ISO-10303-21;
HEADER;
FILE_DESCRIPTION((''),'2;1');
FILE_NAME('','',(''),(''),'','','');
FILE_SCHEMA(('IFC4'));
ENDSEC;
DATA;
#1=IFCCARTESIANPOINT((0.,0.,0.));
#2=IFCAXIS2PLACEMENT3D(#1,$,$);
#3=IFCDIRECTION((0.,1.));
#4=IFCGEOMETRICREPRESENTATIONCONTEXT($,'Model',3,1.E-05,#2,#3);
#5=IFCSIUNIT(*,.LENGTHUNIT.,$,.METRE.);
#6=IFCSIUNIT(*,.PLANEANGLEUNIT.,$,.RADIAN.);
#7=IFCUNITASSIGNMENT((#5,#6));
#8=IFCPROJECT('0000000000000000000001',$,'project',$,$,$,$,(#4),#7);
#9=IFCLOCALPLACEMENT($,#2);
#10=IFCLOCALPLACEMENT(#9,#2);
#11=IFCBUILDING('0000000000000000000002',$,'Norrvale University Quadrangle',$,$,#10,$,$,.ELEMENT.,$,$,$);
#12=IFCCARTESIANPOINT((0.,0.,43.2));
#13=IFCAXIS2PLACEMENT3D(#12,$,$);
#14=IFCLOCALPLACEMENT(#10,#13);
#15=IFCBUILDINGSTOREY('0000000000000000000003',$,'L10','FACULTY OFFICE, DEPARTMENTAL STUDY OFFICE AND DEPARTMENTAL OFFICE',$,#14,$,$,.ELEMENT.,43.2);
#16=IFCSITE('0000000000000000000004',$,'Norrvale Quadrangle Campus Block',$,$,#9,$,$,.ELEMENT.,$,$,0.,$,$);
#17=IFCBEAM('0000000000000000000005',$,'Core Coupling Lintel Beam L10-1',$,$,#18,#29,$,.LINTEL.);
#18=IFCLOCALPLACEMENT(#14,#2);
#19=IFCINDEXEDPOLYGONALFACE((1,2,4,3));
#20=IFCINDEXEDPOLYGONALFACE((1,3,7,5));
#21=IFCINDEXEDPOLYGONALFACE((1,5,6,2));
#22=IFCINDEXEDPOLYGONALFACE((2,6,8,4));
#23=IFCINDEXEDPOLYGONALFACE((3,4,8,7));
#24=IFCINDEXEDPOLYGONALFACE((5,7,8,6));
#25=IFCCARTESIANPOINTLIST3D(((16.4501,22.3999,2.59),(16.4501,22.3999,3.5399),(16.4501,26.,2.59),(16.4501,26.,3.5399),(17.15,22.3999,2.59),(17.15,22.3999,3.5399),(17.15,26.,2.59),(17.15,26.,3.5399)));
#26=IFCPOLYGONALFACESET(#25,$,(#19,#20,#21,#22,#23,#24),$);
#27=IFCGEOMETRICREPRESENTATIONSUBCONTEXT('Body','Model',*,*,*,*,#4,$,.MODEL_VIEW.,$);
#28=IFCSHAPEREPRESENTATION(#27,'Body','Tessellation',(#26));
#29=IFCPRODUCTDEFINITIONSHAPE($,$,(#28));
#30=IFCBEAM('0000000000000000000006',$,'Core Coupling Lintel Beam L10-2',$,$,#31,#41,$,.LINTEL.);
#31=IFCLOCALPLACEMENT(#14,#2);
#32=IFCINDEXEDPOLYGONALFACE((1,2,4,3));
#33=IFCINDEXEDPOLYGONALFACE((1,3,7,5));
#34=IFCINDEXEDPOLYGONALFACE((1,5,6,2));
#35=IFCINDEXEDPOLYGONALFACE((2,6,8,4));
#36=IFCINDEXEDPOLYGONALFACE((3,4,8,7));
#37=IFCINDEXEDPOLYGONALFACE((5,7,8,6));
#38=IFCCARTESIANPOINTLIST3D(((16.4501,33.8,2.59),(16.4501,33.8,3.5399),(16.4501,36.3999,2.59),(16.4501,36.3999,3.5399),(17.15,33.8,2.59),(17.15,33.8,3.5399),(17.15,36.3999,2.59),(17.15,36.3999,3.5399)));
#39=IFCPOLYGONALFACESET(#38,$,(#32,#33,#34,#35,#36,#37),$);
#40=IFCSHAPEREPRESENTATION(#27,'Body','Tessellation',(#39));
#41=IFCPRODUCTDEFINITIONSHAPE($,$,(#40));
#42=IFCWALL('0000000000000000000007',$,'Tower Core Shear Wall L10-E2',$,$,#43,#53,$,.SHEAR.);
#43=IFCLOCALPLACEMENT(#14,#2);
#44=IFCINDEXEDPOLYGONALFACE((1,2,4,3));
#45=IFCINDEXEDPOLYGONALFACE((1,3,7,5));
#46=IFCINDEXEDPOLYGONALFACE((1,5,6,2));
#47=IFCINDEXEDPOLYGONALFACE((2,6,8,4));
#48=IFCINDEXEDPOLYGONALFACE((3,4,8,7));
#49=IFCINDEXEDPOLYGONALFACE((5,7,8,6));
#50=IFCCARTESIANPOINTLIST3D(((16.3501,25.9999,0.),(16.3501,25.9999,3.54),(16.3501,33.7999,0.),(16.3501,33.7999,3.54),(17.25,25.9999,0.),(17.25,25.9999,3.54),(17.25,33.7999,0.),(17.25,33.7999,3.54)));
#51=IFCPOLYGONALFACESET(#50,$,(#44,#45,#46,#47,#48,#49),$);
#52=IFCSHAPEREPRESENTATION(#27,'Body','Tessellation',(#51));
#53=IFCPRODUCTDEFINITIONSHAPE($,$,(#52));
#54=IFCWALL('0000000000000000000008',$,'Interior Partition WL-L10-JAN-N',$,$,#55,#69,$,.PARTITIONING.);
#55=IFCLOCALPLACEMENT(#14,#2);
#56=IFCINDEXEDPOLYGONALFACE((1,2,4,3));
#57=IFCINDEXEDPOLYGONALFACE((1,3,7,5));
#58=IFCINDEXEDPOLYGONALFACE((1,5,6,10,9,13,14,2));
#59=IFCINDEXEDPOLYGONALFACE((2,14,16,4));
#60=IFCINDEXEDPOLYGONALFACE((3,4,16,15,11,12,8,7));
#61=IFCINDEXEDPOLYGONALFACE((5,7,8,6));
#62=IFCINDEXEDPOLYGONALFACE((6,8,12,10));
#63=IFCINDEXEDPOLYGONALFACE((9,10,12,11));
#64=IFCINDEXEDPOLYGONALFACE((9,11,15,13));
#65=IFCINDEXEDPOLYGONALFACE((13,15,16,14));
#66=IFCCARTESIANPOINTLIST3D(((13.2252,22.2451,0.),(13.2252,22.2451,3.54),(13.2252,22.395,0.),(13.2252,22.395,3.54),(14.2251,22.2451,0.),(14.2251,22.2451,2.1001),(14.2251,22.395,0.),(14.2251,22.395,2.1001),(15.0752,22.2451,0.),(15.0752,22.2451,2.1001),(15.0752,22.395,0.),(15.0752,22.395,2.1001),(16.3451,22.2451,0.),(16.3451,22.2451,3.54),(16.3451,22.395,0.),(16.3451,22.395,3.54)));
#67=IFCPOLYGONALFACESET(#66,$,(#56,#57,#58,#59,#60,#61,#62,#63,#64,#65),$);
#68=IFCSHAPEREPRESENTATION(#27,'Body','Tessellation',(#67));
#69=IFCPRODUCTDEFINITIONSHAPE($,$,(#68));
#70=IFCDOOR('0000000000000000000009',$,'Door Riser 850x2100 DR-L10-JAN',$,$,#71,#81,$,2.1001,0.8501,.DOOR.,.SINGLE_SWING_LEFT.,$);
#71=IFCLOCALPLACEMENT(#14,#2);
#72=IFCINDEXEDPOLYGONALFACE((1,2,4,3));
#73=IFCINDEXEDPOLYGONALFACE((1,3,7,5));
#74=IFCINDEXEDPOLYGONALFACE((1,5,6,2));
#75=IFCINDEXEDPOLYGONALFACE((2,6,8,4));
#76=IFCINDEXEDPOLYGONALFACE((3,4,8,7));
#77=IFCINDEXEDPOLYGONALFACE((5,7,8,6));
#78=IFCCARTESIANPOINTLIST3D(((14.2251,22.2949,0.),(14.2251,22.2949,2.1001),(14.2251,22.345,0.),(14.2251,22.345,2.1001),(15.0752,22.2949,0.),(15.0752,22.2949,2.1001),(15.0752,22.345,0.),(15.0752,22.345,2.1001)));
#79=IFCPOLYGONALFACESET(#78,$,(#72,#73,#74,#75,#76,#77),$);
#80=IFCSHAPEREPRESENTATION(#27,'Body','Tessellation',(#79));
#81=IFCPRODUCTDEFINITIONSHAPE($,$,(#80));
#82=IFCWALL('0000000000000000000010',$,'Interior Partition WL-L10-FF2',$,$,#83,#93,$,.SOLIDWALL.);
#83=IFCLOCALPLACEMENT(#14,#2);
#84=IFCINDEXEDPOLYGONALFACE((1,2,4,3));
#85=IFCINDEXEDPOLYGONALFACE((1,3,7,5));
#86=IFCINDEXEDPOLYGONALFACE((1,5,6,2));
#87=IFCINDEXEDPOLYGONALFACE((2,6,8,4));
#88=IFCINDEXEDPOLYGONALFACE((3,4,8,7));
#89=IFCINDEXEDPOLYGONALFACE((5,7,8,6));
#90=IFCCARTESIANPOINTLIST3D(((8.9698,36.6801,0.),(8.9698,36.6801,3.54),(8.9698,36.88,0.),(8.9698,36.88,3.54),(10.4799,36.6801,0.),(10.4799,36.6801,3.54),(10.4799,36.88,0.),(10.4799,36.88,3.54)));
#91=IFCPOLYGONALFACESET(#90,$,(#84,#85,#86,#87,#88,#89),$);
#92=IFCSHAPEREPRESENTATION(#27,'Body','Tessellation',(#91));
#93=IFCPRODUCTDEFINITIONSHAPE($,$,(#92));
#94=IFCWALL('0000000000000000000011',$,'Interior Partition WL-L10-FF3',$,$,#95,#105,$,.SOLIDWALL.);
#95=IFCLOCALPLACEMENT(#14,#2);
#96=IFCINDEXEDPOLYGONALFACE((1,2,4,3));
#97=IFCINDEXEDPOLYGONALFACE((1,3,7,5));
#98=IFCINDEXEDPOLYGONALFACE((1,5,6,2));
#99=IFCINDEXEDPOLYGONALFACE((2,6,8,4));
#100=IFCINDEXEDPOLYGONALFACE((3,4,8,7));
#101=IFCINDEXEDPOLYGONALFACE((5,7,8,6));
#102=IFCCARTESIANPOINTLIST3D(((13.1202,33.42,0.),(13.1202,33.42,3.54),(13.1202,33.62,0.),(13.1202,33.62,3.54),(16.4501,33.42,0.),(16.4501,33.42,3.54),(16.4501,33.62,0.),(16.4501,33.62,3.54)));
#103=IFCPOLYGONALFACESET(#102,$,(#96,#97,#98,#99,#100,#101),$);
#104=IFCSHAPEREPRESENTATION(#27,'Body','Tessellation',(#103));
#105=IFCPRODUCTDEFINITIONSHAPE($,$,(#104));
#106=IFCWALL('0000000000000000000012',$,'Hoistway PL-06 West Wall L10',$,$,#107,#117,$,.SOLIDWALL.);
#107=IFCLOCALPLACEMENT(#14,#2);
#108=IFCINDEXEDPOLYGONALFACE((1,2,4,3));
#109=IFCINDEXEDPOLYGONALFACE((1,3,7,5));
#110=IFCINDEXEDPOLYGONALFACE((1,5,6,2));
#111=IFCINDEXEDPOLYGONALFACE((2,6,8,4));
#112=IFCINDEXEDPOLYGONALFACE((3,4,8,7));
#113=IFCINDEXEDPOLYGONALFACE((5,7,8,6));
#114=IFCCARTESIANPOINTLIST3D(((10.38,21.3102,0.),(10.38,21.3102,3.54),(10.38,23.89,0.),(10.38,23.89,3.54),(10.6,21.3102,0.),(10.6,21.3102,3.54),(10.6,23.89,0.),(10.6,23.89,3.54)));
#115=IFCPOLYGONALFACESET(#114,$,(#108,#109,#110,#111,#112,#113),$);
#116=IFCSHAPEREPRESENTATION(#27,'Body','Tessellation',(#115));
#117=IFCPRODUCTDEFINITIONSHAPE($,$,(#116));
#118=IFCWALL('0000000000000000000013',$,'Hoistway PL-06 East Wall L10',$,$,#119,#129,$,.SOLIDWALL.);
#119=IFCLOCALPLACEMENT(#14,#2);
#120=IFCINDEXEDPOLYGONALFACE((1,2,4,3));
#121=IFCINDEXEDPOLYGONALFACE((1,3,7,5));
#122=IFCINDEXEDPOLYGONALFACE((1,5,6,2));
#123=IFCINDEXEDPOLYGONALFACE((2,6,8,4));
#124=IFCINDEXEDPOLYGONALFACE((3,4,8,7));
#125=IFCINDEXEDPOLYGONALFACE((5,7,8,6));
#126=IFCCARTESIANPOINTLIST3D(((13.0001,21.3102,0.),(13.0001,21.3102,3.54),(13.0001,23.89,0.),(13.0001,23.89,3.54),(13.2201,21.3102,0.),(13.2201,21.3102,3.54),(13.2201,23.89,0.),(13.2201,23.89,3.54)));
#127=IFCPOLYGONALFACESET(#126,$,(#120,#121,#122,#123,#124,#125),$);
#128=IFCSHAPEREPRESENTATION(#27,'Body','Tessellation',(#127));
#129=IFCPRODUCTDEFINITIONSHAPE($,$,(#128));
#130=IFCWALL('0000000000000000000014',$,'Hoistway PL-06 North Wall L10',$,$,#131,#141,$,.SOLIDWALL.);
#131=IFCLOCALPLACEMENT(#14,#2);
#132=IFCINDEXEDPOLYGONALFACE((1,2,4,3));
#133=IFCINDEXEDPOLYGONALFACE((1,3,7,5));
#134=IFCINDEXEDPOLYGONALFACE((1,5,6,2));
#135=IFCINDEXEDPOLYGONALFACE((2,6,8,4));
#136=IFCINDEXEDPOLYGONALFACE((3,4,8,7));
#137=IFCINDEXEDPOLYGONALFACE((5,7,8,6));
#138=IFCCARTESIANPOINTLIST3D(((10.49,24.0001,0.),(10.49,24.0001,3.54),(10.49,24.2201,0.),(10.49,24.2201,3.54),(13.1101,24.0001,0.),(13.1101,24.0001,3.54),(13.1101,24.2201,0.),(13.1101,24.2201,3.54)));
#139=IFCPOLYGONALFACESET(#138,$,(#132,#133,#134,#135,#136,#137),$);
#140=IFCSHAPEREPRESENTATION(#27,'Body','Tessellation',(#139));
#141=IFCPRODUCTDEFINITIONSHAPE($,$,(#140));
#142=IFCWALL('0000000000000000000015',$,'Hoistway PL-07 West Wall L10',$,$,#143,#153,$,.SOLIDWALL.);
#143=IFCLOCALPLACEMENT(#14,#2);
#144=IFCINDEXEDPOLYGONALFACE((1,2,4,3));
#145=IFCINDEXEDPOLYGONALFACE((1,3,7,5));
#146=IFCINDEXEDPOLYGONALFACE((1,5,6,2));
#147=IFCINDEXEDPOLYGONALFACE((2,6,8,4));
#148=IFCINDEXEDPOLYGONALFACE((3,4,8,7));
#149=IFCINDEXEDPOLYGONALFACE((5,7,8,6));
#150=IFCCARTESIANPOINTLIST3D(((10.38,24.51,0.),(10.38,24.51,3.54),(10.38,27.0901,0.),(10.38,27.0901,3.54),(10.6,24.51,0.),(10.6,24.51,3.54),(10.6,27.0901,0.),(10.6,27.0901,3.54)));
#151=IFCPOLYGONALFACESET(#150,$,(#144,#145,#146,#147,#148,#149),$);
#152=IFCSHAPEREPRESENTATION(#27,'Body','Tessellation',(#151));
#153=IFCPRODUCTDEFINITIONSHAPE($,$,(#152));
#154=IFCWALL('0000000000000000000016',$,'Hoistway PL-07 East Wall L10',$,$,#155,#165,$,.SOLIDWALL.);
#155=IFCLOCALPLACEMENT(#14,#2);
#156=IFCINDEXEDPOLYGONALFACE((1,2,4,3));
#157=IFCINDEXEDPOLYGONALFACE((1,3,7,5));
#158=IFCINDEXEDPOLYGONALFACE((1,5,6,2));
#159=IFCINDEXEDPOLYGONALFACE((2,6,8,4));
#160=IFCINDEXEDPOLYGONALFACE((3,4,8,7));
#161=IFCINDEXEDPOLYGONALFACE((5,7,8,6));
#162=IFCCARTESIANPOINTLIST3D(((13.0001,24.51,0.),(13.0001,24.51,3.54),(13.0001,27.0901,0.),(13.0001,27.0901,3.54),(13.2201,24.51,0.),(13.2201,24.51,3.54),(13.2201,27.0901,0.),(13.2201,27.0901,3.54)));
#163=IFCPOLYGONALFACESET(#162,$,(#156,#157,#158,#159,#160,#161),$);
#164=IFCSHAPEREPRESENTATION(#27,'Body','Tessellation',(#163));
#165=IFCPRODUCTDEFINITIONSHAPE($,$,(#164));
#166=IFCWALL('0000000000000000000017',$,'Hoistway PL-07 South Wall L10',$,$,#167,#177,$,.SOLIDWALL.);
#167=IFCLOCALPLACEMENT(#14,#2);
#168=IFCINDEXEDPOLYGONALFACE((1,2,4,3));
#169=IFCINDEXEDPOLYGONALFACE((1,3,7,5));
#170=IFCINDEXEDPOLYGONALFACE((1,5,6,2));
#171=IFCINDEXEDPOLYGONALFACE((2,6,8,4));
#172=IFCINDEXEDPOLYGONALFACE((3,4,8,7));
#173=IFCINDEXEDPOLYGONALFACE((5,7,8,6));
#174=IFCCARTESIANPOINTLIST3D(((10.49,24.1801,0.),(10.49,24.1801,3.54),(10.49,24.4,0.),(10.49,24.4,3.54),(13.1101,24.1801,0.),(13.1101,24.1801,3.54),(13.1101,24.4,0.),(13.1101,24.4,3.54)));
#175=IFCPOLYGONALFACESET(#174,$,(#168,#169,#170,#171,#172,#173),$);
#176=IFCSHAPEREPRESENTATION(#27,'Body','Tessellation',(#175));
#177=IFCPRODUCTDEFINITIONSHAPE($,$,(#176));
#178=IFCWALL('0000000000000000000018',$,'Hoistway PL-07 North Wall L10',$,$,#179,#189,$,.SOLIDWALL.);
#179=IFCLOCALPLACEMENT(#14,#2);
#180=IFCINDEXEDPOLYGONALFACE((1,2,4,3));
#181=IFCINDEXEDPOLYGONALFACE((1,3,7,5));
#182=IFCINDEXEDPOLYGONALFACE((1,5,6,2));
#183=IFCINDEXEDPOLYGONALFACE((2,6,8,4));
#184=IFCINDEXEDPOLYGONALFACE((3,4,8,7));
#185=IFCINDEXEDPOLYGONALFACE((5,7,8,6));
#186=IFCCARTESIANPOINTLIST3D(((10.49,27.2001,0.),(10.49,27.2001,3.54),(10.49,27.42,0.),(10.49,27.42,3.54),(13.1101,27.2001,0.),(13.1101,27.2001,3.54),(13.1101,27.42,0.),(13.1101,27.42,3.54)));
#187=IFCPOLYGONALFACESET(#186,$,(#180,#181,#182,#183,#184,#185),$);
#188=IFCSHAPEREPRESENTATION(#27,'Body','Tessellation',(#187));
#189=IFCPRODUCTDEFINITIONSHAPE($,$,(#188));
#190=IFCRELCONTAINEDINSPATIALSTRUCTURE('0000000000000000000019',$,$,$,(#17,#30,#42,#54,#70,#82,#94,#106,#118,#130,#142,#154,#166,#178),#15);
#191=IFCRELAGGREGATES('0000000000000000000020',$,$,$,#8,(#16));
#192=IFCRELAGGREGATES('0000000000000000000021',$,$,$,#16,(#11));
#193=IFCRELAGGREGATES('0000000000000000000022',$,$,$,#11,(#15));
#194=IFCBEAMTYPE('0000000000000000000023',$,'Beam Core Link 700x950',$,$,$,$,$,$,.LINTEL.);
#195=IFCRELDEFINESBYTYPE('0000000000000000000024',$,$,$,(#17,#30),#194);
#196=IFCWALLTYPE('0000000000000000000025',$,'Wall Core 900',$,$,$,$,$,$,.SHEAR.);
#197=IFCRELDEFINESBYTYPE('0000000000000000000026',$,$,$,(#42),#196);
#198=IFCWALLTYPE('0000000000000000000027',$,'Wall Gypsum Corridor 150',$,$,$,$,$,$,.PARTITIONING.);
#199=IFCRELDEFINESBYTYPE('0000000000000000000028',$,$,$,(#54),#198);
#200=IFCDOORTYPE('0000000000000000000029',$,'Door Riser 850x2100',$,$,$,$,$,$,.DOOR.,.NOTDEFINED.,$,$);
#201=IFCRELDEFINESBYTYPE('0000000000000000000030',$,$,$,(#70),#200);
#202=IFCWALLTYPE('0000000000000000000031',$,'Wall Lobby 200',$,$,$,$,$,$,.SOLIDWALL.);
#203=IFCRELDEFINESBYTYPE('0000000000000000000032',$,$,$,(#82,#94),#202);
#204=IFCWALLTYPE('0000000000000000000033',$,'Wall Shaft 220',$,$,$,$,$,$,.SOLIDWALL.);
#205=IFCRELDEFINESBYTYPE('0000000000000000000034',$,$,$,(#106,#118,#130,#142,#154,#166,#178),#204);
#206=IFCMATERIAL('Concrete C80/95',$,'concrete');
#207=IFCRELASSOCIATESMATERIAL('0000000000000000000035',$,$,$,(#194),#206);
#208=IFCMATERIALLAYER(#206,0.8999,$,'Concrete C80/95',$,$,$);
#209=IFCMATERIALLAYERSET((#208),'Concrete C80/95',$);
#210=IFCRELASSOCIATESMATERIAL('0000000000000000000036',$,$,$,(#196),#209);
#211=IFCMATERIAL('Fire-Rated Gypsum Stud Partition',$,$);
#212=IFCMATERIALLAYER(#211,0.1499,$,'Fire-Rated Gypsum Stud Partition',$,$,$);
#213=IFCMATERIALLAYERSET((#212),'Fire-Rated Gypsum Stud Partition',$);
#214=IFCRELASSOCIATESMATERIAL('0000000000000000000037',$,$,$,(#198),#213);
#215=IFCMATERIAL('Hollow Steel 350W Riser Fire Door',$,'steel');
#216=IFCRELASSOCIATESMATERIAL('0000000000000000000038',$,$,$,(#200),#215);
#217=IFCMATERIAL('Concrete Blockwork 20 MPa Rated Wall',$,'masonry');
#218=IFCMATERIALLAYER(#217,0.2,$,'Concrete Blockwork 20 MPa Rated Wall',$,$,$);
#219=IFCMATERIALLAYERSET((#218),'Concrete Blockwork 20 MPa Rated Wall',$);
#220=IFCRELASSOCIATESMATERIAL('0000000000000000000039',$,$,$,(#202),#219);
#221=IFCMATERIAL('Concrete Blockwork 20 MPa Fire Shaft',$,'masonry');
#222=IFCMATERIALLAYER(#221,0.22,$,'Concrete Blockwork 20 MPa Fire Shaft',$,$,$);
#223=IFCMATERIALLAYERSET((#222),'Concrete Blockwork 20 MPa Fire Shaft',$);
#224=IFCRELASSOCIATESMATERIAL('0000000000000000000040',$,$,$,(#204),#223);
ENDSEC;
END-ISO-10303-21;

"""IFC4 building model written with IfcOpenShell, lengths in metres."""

from ifc_helpers import new_model, si_unit, direction, frame, frame_2d, origin, origin_2d, place, context, subcontext, project, spatial, rectangle, extrude, material, layer, layer_set, material_profile, profile_set, type_object, element, fill, save


model = new_model("IFC4")

# Units and contexts
model_context = context("Model", 3, precision=1e-05, world=origin(), true_north=direction((0.0, 1.0)))
body_context = subcontext(model_context, "Body", "Model", "MODEL_VIEW")
ifc_project = project(units=[si_unit("LENGTHUNIT", "METRE"), si_unit("PLANEANGLEUNIT", "RADIAN")], contexts=[model_context])

# Site, building, storey
site_placement = place(None, origin())
site = spatial("IfcSite", under=ifc_project, at=site_placement, Name="Norrvale Quadrangle Campus Block", CompositionType="ELEMENT", RefElevation=0.0)
building_placement = place(site_placement, origin())
building = spatial("IfcBuilding", under=site, at=building_placement, Name="Norrvale University Quadrangle", CompositionType="ELEMENT")
storey_placement = place(building_placement, frame((0.0, 0.0, 43.2)))
storey = spatial("IfcBuildingStorey", under=building, at=storey_placement, Name="L10", Description="FACULTY OFFICE, DEPARTMENTAL STUDY OFFICE AND DEPARTMENTAL OFFICE", CompositionType="ELEMENT", Elevation=43.2)

# Beams
ifc_material_1 = material(Name="Concrete C80/95", Category="concrete")
ifc_material_profile = material_profile(ifc_material_1, rectangle(XDim=0.7, YDim=0.95, at=origin_2d()), Name="Concrete C80/95")
ifc_profile_set = profile_set([ifc_material_profile], Name="Concrete C80/95")
beam_type = type_object("IfcBeamType", Name="Beam Core Link 700x950", PredefinedType="LINTEL", material=ifc_profile_set)
beam_1_placement = place(storey_placement, frame((16.8, 22.3999, 3.0649), z_axis=(0.0, 1.0, 0.0), x_axis=(-1.0, 0.0, 0.0)))
element("IfcBeam", 1, at=beam_1_placement, inside=storey, type_object=beam_type, Name="Core Coupling Lintel Beam L10-1", PredefinedType="LINTEL", context=body_context, shape_type="SweptSolid", body=[
    extrude(rectangle(XDim=0.7, YDim=0.95, at=origin_2d()), origin(), (0.0, 0.0, 1.0), 3.6001),
])
beam_2_placement = place(storey_placement, frame((16.8, 33.8, 3.0649), z_axis=(0.0, 1.0, 0.0), x_axis=(-1.0, 0.0, 0.0)))
element("IfcBeam", 2, at=beam_2_placement, inside=storey, type_object=beam_type, Name="Core Coupling Lintel Beam L10-2", PredefinedType="LINTEL", context=body_context, shape_type="SweptSolid", body=[
    extrude(rectangle(XDim=0.7, YDim=0.95, at=origin_2d()), origin(), (0.0, 0.0, 1.0), 2.5999),
])

# Wall
ifc_layer_1 = layer(ifc_material_1, 0.8999, Name="Concrete C80/95")
ifc_layer_set_1 = layer_set([ifc_layer_1], Name="Concrete C80/95")
wall_type_1 = type_object("IfcWallType", Name="Wall Core 900", PredefinedType="SHEAR", material=ifc_layer_set_1)
wall_1_placement = place(storey_placement, frame((16.8, 26.0, 0.0), z_axis=(0.0, 0.0, 1.0), x_axis=(0.0, 1.0, 0.0)))
element("IfcWall", 3, at=wall_1_placement, inside=storey, type_object=wall_type_1, Name="Tower Core Shear Wall L10-E2", PredefinedType="SHEAR", context=body_context, shape_type="SweptSolid", body=[
    extrude(rectangle(XDim=7.8, YDim=0.8999, at=frame_2d((3.8999, 0.0))), origin(), (0.0, 0.0, 1.0), 3.54),
])

# Wall, opening, door
ifc_material_2 = material(Name="Fire-Rated Gypsum Stud Partition")
ifc_layer_2 = layer(ifc_material_2, 0.1499, Name="Fire-Rated Gypsum Stud Partition")
ifc_layer_set_2 = layer_set([ifc_layer_2], Name="Fire-Rated Gypsum Stud Partition")
wall_type_2 = type_object("IfcWallType", Name="Wall Gypsum Corridor 150", PredefinedType="PARTITIONING", material=ifc_layer_set_2)
wall_2_placement = place(storey_placement, frame((13.2251, 22.3201, 0.0), z_axis=(0.0, 0.0, 1.0), x_axis=(1.0, 0.0, 0.0)))
wall_2 = element("IfcWall", 4, at=wall_2_placement, inside=storey, type_object=wall_type_2, Name="Interior Partition WL-L10-JAN-N", PredefinedType="PARTITIONING", context=body_context, shape_type="SweptSolid", body=[
    extrude(rectangle(XDim=3.1199, YDim=0.1499, at=frame_2d((1.5601, 0.0))), origin(), (0.0, 0.0, 1.0), 3.54),
])
opening_1_placement = place(wall_2_placement, frame((1.0, 0.0, 0.0)))
opening_1 = element("IfcOpeningElement", 5, at=opening_1_placement, cuts=wall_2, PredefinedType="OPENING", context=body_context, shape_type="SweptSolid", body=[
    extrude(rectangle(XDim=0.8501, YDim=2.1001, at=frame_2d((0.425, 1.05))), frame((0.0, 0.0869, 0.0), z_axis=(0.0, -1.0, 0.0), x_axis=(1.0, 0.0, 0.0)), (0.0, 0.0, 1.0), 0.1738),
])
ifc_material_3 = material(Name="Hollow Steel 350W Riser Fire Door", Category="steel")
door_type_1 = type_object("IfcDoorType", Name="Door Riser 850x2100", OperationType="NOTDEFINED", PredefinedType="DOOR", material=ifc_material_3)
door_1_placement = place(opening_1_placement, origin())
door_1 = element("IfcDoor", 6, at=door_1_placement, inside=storey, type_object=door_type_1, Name="Door Riser 850x2100 DR-L10-JAN", OperationType="SINGLE_SWING_LEFT", OverallHeight=2.1001, OverallWidth=0.8501, PredefinedType="DOOR", context=body_context, shape_type="SweptSolid", body=[
    extrude(rectangle(XDim=0.8501, YDim=2.1001, at=frame_2d((0.425, 1.05))), frame((0.0, 0.0249, 0.0), z_axis=(0.0, -1.0, 0.0), x_axis=(1.0, 0.0, 0.0)), (0.0, 0.0, 1.0), 0.05),
])
fill(opening_1, door_1)

# Walls
ifc_material_4 = material(Name="Concrete Blockwork 20 MPa Rated Wall", Category="masonry")
ifc_layer_3 = layer(ifc_material_4, 0.2, Name="Concrete Blockwork 20 MPa Rated Wall")
ifc_layer_set_3 = layer_set([ifc_layer_3], Name="Concrete Blockwork 20 MPa Rated Wall")
wall_type_3 = type_object("IfcWallType", Name="Wall Lobby 200", PredefinedType="SOLIDWALL", material=ifc_layer_set_3)
wall_3_placement = place(storey_placement, frame((8.97, 36.78, 0.0), z_axis=(0.0, 0.0, 1.0), x_axis=(1.0, 0.0, 0.0)))
element("IfcWall", 7, at=wall_3_placement, inside=storey, type_object=wall_type_3, Name="Interior Partition WL-L10-FF2", PredefinedType="SOLIDWALL", context=body_context, shape_type="SweptSolid", body=[
    extrude(rectangle(XDim=1.51, YDim=0.2, at=frame_2d((0.7549, 0.0))), origin(), (0.0, 0.0, 1.0), 3.54),
])
wall_4_placement = place(storey_placement, frame((13.1201, 33.52, 0.0), z_axis=(0.0, 0.0, 1.0), x_axis=(1.0, 0.0, 0.0)))
element("IfcWall", 8, at=wall_4_placement, inside=storey, type_object=wall_type_3, Name="Interior Partition WL-L10-FF3", PredefinedType="SOLIDWALL", context=body_context, shape_type="SweptSolid", body=[
    extrude(rectangle(XDim=3.3298, YDim=0.2, at=frame_2d((1.665, 0.0))), origin(), (0.0, 0.0, 1.0), 3.54),
])
ifc_material_5 = material(Name="Concrete Blockwork 20 MPa Fire Shaft", Category="masonry")
ifc_layer_4 = layer(ifc_material_5, 0.22, Name="Concrete Blockwork 20 MPa Fire Shaft")
ifc_layer_set_4 = layer_set([ifc_layer_4], Name="Concrete Blockwork 20 MPa Fire Shaft")
wall_type_4 = type_object("IfcWallType", Name="Wall Shaft 220", PredefinedType="SOLIDWALL", material=ifc_layer_set_4)
for number, where, z_axis, x_axis, name in (
    (9, (10.49, 21.3101, 0.0), (0.0, 0.0, 1.0), (0.0, 1.0, 0.0), "Hoistway PL-06 West Wall L10"),
    (10, (13.1101, 21.3101, 0.0), (0.0, 0.0, 1.0), (0.0, 1.0, 0.0), "Hoistway PL-06 East Wall L10"),
):
    element("IfcWall", number, at=place(storey_placement, frame(where, z_axis=z_axis, x_axis=x_axis)), inside=storey, type_object=wall_type_4, Name=name, PredefinedType="SOLIDWALL", context=body_context, shape_type="SweptSolid", body=[
        extrude(rectangle(XDim=2.5798, YDim=0.22, at=frame_2d((1.29, 0.0))), origin(), (0.0, 0.0, 1.0), 3.54),
    ])
wall_5_placement = place(storey_placement, frame((10.49, 24.1101, 0.0), z_axis=(0.0, 0.0, 1.0), x_axis=(1.0, 0.0, 0.0)))
element("IfcWall", 11, at=wall_5_placement, inside=storey, type_object=wall_type_4, Name="Hoistway PL-06 North Wall L10", PredefinedType="SOLIDWALL", context=body_context, shape_type="SweptSolid", body=[
    extrude(rectangle(XDim=2.6201, YDim=0.22, at=frame_2d((1.3101, 0.0))), origin(), (0.0, 0.0, 1.0), 3.54),
])
for number, where, z_axis, x_axis, name in (
    (12, (10.49, 24.51, 0.0), (0.0, 0.0, 1.0), (0.0, 1.0, 0.0), "Hoistway PL-07 West Wall L10"),
    (13, (13.1101, 24.51, 0.0), (0.0, 0.0, 1.0), (0.0, 1.0, 0.0), "Hoistway PL-07 East Wall L10"),
):
    element("IfcWall", number, at=place(storey_placement, frame(where, z_axis=z_axis, x_axis=x_axis)), inside=storey, type_object=wall_type_4, Name=name, PredefinedType="SOLIDWALL", context=body_context, shape_type="SweptSolid", body=[
        extrude(rectangle(XDim=2.5801, YDim=0.22, at=frame_2d((1.29, 0.0))), origin(), (0.0, 0.0, 1.0), 3.54),
    ])
for number, where, z_axis, x_axis, name in (
    (14, (10.49, 24.29, 0.0), (0.0, 0.0, 1.0), (1.0, 0.0, 0.0), "Hoistway PL-07 South Wall L10"),
    (15, (10.49, 27.3101, 0.0), (0.0, 0.0, 1.0), (1.0, 0.0, 0.0), "Hoistway PL-07 North Wall L10"),
):
    element("IfcWall", number, at=place(storey_placement, frame(where, z_axis=z_axis, x_axis=x_axis)), inside=storey, type_object=wall_type_4, Name=name, PredefinedType="SOLIDWALL", context=body_context, shape_type="SweptSolid", body=[
        extrude(rectangle(XDim=2.6201, YDim=0.22, at=frame_2d((1.3101, 0.0))), origin(), (0.0, 0.0, 1.0), 3.54),
    ])

save(model, "model.ifc")
